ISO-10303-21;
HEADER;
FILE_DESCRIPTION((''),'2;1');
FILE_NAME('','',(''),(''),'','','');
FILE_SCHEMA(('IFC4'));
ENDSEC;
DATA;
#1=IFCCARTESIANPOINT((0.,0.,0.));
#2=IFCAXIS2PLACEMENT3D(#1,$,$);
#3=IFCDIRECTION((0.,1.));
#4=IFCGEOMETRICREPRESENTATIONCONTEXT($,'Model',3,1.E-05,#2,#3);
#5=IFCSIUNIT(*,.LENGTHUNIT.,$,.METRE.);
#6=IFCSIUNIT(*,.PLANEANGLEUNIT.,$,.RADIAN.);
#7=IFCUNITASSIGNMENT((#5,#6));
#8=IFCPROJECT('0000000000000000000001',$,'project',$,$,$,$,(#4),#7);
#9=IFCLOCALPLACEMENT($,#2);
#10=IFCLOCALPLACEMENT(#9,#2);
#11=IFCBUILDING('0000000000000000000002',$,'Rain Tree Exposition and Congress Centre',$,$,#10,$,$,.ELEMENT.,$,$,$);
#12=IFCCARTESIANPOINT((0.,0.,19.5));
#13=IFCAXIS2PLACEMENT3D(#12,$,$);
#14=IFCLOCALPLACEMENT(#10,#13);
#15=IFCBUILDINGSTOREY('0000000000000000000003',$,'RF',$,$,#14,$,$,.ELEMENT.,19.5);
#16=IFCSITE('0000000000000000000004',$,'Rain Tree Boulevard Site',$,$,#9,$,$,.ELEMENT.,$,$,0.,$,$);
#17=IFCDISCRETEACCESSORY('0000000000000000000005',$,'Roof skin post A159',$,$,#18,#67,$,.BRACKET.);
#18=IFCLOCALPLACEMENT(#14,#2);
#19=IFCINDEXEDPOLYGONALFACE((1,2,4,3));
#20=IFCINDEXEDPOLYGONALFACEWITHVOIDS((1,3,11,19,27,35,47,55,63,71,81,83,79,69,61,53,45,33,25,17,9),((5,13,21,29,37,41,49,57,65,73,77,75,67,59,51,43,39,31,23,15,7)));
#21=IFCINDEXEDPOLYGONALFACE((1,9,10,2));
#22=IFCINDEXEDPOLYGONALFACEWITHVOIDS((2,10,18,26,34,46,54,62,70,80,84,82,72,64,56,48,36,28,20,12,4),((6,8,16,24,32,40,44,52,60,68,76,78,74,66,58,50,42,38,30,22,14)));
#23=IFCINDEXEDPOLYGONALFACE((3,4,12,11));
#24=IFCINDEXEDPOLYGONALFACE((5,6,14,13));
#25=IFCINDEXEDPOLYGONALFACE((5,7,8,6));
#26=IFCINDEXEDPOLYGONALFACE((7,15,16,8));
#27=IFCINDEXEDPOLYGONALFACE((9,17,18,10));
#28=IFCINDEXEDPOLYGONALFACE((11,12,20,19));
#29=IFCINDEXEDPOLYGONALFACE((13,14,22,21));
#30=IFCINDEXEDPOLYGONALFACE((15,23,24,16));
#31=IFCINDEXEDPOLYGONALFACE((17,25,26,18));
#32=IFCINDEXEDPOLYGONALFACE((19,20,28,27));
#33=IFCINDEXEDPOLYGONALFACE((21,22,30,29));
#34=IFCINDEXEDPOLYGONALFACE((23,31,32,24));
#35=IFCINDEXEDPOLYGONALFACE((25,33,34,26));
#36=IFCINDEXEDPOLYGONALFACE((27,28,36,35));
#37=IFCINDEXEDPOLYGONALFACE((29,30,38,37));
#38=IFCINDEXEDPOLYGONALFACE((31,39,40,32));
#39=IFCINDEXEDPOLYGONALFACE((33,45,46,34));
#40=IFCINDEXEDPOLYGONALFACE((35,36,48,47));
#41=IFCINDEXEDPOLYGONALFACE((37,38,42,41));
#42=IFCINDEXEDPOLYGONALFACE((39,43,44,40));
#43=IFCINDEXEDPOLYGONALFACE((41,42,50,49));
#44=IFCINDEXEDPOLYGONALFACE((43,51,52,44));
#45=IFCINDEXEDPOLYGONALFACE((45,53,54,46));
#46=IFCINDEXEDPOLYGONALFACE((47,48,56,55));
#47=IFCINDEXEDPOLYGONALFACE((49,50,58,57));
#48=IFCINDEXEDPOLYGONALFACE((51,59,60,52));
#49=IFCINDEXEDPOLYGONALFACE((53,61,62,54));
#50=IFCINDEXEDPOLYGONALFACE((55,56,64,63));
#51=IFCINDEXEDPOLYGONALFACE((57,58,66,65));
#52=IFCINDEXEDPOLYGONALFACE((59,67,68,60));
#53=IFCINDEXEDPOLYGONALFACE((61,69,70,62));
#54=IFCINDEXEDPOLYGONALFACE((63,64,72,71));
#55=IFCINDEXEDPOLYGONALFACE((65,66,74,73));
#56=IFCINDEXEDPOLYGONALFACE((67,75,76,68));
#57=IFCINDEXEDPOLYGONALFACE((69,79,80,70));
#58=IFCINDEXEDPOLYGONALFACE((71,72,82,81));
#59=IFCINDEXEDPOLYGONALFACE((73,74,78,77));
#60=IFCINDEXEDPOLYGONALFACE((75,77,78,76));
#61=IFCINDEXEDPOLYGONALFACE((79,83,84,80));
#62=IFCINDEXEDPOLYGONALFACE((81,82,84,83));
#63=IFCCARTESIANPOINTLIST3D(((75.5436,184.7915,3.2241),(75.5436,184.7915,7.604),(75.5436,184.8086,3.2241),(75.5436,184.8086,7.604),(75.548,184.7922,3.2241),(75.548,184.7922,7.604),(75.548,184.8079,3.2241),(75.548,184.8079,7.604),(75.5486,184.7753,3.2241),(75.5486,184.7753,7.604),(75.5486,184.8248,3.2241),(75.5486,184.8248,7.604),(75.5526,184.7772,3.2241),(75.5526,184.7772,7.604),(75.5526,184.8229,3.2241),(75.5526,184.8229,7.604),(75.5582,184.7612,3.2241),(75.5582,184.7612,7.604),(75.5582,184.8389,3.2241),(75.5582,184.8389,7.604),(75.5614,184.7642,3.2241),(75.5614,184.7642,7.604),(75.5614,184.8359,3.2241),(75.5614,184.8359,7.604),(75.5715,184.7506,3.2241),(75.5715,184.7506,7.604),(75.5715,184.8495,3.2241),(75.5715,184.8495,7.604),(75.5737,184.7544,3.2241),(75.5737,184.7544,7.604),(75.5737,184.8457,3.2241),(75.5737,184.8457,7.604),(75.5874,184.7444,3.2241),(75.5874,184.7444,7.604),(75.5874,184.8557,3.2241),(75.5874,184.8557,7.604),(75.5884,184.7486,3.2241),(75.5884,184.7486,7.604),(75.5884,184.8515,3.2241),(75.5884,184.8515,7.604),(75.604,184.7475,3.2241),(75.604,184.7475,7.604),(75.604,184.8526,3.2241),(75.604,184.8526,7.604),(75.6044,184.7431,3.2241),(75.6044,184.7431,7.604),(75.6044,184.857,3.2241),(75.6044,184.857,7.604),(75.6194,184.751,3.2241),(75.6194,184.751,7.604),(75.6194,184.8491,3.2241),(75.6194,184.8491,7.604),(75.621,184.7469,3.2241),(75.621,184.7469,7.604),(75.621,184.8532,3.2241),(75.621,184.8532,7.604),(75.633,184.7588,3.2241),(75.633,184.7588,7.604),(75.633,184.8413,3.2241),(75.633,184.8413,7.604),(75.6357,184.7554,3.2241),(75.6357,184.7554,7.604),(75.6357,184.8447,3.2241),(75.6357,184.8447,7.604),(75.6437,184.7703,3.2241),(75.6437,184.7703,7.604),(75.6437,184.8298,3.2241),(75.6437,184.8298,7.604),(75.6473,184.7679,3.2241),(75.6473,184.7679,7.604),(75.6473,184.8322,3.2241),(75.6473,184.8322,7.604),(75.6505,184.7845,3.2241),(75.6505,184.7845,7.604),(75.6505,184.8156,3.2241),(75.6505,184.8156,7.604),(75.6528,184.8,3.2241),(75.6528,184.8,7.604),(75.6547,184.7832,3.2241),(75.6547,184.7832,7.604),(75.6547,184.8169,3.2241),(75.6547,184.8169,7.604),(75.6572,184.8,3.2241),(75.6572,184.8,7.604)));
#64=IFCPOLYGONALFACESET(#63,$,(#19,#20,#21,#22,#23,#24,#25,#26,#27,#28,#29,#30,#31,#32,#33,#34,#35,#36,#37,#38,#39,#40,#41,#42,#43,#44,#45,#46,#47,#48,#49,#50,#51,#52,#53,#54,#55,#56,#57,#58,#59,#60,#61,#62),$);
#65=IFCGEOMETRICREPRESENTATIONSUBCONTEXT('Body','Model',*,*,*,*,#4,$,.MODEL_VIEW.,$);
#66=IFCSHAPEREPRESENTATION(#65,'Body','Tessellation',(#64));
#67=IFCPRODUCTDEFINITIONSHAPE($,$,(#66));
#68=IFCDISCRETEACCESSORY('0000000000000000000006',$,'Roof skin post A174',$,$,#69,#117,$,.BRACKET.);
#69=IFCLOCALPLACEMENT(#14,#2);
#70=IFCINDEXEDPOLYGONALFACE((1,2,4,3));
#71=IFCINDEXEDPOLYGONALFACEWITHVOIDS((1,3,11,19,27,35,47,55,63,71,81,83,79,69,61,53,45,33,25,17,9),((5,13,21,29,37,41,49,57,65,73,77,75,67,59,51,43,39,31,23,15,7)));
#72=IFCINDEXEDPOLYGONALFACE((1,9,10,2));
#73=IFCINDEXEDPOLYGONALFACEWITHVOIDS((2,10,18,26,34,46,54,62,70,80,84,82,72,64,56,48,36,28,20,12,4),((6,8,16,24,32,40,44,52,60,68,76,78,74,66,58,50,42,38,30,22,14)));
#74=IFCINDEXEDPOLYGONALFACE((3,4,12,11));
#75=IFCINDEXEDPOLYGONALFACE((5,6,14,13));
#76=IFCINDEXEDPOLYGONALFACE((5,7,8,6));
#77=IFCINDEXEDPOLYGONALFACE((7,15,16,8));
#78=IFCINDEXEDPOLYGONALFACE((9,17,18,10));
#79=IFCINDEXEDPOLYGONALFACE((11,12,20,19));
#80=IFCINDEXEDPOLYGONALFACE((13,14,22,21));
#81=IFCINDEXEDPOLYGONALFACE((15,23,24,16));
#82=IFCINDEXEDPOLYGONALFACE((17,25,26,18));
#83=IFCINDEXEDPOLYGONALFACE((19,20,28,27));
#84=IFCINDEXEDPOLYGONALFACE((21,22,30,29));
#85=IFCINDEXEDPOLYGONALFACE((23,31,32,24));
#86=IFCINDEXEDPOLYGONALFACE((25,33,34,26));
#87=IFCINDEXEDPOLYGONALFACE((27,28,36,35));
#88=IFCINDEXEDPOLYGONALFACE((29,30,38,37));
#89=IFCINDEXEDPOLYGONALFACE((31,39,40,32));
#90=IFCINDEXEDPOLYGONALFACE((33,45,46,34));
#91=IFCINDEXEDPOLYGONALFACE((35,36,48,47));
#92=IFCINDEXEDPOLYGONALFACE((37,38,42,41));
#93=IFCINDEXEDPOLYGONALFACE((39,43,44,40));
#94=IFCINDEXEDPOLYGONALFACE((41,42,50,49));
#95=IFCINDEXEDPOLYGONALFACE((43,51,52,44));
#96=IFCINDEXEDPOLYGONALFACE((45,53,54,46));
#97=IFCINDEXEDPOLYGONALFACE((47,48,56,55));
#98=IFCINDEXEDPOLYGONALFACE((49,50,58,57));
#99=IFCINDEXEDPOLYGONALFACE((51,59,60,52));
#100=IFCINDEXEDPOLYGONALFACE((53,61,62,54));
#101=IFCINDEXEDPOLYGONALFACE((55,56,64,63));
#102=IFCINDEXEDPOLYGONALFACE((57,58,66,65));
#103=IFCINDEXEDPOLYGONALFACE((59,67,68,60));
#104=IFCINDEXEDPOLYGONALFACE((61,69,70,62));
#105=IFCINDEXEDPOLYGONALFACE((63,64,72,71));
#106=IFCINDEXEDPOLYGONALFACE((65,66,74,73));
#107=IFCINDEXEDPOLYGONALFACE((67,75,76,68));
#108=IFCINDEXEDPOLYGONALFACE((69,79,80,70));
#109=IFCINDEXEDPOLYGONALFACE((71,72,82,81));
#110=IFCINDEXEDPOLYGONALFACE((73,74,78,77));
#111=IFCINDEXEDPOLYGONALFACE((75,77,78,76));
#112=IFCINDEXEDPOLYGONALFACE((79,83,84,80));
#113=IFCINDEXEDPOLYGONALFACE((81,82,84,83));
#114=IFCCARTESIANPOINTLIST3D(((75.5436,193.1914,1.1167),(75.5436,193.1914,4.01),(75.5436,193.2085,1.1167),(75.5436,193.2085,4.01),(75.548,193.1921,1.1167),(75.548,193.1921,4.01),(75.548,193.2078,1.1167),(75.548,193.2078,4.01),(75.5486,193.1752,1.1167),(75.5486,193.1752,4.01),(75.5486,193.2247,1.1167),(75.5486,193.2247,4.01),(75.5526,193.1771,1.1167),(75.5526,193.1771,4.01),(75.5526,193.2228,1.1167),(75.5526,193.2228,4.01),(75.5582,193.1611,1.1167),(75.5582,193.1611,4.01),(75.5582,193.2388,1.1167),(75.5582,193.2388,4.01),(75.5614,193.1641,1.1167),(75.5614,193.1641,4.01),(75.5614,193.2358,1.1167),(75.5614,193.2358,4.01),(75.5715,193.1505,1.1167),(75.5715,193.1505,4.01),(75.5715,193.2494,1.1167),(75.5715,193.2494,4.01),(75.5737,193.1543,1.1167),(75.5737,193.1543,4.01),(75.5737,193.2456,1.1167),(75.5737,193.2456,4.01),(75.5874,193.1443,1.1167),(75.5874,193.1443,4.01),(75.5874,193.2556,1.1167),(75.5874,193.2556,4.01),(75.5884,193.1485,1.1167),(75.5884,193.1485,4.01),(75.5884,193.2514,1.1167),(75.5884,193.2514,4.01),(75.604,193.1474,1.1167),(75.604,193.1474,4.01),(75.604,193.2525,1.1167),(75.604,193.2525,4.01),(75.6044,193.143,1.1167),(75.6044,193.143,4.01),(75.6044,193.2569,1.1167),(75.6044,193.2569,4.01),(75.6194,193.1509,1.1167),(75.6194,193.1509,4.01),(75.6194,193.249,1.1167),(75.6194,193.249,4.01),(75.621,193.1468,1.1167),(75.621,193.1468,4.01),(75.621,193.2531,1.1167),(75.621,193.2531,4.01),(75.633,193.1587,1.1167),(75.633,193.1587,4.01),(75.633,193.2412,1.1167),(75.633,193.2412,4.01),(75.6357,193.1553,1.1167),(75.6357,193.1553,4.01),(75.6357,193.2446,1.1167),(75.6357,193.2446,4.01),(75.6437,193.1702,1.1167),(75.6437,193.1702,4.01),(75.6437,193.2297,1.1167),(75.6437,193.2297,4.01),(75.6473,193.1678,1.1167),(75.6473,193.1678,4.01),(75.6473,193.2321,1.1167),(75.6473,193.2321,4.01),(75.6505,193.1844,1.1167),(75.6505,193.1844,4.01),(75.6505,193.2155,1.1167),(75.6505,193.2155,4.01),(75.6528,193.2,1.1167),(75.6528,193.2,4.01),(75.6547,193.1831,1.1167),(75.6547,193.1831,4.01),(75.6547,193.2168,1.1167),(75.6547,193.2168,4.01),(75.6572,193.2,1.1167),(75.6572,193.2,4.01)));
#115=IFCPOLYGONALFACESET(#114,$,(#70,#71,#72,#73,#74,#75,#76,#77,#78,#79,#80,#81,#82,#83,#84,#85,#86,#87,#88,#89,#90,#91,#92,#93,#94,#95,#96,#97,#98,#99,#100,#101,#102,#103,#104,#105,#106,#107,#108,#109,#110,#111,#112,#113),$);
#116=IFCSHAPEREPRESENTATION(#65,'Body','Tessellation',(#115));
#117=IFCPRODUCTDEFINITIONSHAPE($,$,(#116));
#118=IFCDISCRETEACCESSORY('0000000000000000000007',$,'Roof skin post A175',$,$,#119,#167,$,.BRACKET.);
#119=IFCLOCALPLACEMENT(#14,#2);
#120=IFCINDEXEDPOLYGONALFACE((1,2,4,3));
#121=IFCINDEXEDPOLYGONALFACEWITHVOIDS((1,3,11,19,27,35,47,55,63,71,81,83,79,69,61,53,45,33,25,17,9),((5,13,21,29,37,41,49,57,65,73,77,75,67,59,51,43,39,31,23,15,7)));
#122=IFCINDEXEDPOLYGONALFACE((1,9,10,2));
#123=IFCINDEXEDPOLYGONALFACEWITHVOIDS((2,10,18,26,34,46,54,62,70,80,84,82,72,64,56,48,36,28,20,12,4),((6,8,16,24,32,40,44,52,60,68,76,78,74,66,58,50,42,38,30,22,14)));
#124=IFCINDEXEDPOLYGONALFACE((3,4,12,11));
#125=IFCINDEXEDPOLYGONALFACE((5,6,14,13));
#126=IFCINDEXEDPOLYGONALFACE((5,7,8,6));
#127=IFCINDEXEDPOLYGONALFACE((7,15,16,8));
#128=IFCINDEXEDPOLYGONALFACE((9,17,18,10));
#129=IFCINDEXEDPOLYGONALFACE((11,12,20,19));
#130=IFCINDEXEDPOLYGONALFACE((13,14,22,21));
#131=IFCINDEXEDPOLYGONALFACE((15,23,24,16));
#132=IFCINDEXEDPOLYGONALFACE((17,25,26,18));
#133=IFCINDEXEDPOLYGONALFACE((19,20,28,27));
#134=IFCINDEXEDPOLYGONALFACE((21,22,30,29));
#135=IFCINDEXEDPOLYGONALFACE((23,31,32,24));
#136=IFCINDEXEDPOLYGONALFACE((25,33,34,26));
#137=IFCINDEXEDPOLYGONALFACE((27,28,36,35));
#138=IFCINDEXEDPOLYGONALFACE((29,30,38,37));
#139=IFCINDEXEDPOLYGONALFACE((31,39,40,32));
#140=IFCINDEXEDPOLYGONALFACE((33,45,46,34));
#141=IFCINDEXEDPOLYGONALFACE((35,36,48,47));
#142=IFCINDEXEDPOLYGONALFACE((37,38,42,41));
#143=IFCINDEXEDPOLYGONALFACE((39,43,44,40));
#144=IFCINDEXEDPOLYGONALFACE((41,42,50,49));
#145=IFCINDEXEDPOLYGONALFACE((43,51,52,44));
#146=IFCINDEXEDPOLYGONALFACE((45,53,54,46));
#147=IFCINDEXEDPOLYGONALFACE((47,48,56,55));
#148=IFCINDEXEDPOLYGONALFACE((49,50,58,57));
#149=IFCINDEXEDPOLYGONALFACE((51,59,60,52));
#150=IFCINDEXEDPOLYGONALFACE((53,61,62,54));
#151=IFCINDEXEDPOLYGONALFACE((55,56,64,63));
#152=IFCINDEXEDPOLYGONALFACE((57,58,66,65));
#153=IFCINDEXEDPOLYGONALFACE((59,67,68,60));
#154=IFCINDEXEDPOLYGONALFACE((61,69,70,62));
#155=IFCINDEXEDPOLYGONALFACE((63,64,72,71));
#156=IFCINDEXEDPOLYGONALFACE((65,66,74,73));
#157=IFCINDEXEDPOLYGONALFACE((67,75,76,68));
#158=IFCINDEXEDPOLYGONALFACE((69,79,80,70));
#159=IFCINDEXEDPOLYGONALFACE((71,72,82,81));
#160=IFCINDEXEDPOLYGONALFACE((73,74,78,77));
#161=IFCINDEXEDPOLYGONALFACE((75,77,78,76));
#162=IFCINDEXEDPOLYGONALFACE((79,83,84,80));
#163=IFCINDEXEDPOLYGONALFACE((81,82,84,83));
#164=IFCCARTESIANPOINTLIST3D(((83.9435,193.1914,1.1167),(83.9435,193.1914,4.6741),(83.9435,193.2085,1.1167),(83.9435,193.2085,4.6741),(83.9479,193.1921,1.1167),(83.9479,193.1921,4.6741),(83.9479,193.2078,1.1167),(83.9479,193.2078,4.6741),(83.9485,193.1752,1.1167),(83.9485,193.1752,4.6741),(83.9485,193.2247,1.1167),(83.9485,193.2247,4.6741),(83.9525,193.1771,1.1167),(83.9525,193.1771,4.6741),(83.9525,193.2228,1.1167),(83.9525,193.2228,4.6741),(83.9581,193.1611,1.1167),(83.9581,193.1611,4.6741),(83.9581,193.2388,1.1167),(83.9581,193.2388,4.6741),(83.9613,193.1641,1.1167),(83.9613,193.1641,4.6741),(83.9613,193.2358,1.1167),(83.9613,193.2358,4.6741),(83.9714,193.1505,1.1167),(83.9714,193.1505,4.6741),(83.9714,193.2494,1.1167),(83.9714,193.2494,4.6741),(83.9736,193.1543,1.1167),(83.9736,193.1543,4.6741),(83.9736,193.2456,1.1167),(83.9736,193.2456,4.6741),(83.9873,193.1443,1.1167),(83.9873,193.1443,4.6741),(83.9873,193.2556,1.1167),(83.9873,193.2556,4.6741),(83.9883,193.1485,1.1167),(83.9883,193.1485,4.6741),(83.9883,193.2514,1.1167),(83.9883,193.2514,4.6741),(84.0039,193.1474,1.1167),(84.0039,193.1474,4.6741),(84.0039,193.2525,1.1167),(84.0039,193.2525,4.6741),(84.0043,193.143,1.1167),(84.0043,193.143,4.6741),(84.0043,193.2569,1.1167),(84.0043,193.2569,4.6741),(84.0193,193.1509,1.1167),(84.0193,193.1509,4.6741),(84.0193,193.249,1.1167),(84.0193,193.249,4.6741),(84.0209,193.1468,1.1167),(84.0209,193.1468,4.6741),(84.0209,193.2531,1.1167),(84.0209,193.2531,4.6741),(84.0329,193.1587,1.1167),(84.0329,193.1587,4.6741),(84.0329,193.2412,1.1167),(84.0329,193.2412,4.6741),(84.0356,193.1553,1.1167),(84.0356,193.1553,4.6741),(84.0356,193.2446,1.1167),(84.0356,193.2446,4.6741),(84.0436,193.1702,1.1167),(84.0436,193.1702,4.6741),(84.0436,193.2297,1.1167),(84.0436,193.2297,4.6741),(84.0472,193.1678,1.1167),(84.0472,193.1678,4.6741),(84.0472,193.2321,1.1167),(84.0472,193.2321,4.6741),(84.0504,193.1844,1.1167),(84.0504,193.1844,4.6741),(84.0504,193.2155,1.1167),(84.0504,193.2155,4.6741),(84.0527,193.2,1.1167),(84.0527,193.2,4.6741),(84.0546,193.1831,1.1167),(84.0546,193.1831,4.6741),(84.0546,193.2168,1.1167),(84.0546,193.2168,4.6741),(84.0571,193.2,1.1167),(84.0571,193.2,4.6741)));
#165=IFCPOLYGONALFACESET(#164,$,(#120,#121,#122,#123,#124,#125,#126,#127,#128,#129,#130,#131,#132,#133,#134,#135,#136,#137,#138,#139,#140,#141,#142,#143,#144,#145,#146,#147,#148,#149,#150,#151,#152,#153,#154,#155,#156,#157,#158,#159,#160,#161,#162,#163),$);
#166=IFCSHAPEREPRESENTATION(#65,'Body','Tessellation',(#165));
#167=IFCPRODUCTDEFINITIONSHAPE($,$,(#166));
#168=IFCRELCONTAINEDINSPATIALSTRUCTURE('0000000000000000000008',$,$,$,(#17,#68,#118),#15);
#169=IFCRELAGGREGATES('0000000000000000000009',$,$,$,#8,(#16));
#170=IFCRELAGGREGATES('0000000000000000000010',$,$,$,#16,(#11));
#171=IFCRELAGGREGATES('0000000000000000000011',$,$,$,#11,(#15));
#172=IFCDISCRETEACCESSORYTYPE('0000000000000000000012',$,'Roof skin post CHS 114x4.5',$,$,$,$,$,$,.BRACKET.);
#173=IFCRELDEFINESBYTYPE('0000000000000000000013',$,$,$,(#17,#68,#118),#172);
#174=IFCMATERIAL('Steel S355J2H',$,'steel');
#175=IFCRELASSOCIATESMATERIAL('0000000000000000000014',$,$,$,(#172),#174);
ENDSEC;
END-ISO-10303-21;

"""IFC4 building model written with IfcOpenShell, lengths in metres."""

from ifc_helpers import new_model, si_unit, direction, frame, origin, origin_2d, place, context, subcontext, project, spatial, hollow_circle, extrude, material, material_profile, profile_set, type_object, element, save


model = new_model("IFC4")

# Units and contexts
model_context = context("Model", 3, precision=1e-05, world=origin(), true_north=direction((0.0, 1.0)))
body_context = subcontext(model_context, "Body", "Model", "MODEL_VIEW")
ifc_project = project(units=[si_unit("LENGTHUNIT", "METRE"), si_unit("PLANEANGLEUNIT", "RADIAN")], contexts=[model_context])

# Site, building, storey
site_placement = place(None, origin())
site = spatial("IfcSite", under=ifc_project, at=site_placement, Name="Rain Tree Boulevard Site", CompositionType="ELEMENT", RefElevation=0.0)
building_placement = place(site_placement, origin())
building = spatial("IfcBuilding", under=site, at=building_placement, Name="Rain Tree Exposition and Congress Centre", CompositionType="ELEMENT")
storey_placement = place(building_placement, frame((0.0, 0.0, 19.5)))
storey = spatial("IfcBuildingStorey", under=building, at=storey_placement, Name="RF", CompositionType="ELEMENT", Elevation=19.5)

# Discrete accessories
ifc_material_1 = material(Name="Steel S355J2H", Category="steel")
ifc_material_profile_1 = material_profile(ifc_material_1, hollow_circle(Radius=0.0571, WallThickness=0.0044, at=origin_2d()), Name="CHS 114x4.5")
ifc_profile_set_1 = profile_set([ifc_material_profile_1], Name="Steel S355J2H")
discrete_accessory_type_1 = type_object("IfcDiscreteAccessoryType", Name="Roof skin post CHS 114x4.5", PredefinedType="BRACKET", material=ifc_profile_set_1)
discrete_accessory_1_placement = place(storey_placement, frame((75.6001, 184.8, 3.2241), z_axis=(0.0, 0.0, 1.0), x_axis=(1.0, 0.0, 0.0)))
element("IfcDiscreteAccessory", 1, at=discrete_accessory_1_placement, inside=storey, type_object=discrete_accessory_type_1, Name="Roof skin post A159", PredefinedType="BRACKET", context=body_context, shape_type="SweptSolid", body=[
    extrude(hollow_circle(Radius=0.0571, WallThickness=0.0044, at=origin_2d()), origin(), (0.0, 0.0, 1.0), 4.3799),
])
discrete_accessory_2_placement = place(storey_placement, frame((75.6001, 193.2, 1.1167), z_axis=(0.0, 0.0, 1.0), x_axis=(1.0, 0.0, 0.0)))
element("IfcDiscreteAccessory", 2, at=discrete_accessory_2_placement, inside=storey, type_object=discrete_accessory_type_1, Name="Roof skin post A174", PredefinedType="BRACKET", context=body_context, shape_type="SweptSolid", body=[
    extrude(hollow_circle(Radius=0.0571, WallThickness=0.0044, at=origin_2d()), origin(), (0.0, 0.0, 1.0), 2.8933),
])
discrete_accessory_3_placement = place(storey_placement, frame((84.0, 193.2, 1.1167), z_axis=(0.0, 0.0, 1.0), x_axis=(1.0, 0.0, 0.0)))
element("IfcDiscreteAccessory", 3, at=discrete_accessory_3_placement, inside=storey, type_object=discrete_accessory_type_1, Name="Roof skin post A175", PredefinedType="BRACKET", context=body_context, shape_type="SweptSolid", body=[
    extrude(hollow_circle(Radius=0.0571, WallThickness=0.0044, at=origin_2d()), origin(), (0.0, 0.0, 1.0), 3.5574),
])

save(model, "model.ifc")
